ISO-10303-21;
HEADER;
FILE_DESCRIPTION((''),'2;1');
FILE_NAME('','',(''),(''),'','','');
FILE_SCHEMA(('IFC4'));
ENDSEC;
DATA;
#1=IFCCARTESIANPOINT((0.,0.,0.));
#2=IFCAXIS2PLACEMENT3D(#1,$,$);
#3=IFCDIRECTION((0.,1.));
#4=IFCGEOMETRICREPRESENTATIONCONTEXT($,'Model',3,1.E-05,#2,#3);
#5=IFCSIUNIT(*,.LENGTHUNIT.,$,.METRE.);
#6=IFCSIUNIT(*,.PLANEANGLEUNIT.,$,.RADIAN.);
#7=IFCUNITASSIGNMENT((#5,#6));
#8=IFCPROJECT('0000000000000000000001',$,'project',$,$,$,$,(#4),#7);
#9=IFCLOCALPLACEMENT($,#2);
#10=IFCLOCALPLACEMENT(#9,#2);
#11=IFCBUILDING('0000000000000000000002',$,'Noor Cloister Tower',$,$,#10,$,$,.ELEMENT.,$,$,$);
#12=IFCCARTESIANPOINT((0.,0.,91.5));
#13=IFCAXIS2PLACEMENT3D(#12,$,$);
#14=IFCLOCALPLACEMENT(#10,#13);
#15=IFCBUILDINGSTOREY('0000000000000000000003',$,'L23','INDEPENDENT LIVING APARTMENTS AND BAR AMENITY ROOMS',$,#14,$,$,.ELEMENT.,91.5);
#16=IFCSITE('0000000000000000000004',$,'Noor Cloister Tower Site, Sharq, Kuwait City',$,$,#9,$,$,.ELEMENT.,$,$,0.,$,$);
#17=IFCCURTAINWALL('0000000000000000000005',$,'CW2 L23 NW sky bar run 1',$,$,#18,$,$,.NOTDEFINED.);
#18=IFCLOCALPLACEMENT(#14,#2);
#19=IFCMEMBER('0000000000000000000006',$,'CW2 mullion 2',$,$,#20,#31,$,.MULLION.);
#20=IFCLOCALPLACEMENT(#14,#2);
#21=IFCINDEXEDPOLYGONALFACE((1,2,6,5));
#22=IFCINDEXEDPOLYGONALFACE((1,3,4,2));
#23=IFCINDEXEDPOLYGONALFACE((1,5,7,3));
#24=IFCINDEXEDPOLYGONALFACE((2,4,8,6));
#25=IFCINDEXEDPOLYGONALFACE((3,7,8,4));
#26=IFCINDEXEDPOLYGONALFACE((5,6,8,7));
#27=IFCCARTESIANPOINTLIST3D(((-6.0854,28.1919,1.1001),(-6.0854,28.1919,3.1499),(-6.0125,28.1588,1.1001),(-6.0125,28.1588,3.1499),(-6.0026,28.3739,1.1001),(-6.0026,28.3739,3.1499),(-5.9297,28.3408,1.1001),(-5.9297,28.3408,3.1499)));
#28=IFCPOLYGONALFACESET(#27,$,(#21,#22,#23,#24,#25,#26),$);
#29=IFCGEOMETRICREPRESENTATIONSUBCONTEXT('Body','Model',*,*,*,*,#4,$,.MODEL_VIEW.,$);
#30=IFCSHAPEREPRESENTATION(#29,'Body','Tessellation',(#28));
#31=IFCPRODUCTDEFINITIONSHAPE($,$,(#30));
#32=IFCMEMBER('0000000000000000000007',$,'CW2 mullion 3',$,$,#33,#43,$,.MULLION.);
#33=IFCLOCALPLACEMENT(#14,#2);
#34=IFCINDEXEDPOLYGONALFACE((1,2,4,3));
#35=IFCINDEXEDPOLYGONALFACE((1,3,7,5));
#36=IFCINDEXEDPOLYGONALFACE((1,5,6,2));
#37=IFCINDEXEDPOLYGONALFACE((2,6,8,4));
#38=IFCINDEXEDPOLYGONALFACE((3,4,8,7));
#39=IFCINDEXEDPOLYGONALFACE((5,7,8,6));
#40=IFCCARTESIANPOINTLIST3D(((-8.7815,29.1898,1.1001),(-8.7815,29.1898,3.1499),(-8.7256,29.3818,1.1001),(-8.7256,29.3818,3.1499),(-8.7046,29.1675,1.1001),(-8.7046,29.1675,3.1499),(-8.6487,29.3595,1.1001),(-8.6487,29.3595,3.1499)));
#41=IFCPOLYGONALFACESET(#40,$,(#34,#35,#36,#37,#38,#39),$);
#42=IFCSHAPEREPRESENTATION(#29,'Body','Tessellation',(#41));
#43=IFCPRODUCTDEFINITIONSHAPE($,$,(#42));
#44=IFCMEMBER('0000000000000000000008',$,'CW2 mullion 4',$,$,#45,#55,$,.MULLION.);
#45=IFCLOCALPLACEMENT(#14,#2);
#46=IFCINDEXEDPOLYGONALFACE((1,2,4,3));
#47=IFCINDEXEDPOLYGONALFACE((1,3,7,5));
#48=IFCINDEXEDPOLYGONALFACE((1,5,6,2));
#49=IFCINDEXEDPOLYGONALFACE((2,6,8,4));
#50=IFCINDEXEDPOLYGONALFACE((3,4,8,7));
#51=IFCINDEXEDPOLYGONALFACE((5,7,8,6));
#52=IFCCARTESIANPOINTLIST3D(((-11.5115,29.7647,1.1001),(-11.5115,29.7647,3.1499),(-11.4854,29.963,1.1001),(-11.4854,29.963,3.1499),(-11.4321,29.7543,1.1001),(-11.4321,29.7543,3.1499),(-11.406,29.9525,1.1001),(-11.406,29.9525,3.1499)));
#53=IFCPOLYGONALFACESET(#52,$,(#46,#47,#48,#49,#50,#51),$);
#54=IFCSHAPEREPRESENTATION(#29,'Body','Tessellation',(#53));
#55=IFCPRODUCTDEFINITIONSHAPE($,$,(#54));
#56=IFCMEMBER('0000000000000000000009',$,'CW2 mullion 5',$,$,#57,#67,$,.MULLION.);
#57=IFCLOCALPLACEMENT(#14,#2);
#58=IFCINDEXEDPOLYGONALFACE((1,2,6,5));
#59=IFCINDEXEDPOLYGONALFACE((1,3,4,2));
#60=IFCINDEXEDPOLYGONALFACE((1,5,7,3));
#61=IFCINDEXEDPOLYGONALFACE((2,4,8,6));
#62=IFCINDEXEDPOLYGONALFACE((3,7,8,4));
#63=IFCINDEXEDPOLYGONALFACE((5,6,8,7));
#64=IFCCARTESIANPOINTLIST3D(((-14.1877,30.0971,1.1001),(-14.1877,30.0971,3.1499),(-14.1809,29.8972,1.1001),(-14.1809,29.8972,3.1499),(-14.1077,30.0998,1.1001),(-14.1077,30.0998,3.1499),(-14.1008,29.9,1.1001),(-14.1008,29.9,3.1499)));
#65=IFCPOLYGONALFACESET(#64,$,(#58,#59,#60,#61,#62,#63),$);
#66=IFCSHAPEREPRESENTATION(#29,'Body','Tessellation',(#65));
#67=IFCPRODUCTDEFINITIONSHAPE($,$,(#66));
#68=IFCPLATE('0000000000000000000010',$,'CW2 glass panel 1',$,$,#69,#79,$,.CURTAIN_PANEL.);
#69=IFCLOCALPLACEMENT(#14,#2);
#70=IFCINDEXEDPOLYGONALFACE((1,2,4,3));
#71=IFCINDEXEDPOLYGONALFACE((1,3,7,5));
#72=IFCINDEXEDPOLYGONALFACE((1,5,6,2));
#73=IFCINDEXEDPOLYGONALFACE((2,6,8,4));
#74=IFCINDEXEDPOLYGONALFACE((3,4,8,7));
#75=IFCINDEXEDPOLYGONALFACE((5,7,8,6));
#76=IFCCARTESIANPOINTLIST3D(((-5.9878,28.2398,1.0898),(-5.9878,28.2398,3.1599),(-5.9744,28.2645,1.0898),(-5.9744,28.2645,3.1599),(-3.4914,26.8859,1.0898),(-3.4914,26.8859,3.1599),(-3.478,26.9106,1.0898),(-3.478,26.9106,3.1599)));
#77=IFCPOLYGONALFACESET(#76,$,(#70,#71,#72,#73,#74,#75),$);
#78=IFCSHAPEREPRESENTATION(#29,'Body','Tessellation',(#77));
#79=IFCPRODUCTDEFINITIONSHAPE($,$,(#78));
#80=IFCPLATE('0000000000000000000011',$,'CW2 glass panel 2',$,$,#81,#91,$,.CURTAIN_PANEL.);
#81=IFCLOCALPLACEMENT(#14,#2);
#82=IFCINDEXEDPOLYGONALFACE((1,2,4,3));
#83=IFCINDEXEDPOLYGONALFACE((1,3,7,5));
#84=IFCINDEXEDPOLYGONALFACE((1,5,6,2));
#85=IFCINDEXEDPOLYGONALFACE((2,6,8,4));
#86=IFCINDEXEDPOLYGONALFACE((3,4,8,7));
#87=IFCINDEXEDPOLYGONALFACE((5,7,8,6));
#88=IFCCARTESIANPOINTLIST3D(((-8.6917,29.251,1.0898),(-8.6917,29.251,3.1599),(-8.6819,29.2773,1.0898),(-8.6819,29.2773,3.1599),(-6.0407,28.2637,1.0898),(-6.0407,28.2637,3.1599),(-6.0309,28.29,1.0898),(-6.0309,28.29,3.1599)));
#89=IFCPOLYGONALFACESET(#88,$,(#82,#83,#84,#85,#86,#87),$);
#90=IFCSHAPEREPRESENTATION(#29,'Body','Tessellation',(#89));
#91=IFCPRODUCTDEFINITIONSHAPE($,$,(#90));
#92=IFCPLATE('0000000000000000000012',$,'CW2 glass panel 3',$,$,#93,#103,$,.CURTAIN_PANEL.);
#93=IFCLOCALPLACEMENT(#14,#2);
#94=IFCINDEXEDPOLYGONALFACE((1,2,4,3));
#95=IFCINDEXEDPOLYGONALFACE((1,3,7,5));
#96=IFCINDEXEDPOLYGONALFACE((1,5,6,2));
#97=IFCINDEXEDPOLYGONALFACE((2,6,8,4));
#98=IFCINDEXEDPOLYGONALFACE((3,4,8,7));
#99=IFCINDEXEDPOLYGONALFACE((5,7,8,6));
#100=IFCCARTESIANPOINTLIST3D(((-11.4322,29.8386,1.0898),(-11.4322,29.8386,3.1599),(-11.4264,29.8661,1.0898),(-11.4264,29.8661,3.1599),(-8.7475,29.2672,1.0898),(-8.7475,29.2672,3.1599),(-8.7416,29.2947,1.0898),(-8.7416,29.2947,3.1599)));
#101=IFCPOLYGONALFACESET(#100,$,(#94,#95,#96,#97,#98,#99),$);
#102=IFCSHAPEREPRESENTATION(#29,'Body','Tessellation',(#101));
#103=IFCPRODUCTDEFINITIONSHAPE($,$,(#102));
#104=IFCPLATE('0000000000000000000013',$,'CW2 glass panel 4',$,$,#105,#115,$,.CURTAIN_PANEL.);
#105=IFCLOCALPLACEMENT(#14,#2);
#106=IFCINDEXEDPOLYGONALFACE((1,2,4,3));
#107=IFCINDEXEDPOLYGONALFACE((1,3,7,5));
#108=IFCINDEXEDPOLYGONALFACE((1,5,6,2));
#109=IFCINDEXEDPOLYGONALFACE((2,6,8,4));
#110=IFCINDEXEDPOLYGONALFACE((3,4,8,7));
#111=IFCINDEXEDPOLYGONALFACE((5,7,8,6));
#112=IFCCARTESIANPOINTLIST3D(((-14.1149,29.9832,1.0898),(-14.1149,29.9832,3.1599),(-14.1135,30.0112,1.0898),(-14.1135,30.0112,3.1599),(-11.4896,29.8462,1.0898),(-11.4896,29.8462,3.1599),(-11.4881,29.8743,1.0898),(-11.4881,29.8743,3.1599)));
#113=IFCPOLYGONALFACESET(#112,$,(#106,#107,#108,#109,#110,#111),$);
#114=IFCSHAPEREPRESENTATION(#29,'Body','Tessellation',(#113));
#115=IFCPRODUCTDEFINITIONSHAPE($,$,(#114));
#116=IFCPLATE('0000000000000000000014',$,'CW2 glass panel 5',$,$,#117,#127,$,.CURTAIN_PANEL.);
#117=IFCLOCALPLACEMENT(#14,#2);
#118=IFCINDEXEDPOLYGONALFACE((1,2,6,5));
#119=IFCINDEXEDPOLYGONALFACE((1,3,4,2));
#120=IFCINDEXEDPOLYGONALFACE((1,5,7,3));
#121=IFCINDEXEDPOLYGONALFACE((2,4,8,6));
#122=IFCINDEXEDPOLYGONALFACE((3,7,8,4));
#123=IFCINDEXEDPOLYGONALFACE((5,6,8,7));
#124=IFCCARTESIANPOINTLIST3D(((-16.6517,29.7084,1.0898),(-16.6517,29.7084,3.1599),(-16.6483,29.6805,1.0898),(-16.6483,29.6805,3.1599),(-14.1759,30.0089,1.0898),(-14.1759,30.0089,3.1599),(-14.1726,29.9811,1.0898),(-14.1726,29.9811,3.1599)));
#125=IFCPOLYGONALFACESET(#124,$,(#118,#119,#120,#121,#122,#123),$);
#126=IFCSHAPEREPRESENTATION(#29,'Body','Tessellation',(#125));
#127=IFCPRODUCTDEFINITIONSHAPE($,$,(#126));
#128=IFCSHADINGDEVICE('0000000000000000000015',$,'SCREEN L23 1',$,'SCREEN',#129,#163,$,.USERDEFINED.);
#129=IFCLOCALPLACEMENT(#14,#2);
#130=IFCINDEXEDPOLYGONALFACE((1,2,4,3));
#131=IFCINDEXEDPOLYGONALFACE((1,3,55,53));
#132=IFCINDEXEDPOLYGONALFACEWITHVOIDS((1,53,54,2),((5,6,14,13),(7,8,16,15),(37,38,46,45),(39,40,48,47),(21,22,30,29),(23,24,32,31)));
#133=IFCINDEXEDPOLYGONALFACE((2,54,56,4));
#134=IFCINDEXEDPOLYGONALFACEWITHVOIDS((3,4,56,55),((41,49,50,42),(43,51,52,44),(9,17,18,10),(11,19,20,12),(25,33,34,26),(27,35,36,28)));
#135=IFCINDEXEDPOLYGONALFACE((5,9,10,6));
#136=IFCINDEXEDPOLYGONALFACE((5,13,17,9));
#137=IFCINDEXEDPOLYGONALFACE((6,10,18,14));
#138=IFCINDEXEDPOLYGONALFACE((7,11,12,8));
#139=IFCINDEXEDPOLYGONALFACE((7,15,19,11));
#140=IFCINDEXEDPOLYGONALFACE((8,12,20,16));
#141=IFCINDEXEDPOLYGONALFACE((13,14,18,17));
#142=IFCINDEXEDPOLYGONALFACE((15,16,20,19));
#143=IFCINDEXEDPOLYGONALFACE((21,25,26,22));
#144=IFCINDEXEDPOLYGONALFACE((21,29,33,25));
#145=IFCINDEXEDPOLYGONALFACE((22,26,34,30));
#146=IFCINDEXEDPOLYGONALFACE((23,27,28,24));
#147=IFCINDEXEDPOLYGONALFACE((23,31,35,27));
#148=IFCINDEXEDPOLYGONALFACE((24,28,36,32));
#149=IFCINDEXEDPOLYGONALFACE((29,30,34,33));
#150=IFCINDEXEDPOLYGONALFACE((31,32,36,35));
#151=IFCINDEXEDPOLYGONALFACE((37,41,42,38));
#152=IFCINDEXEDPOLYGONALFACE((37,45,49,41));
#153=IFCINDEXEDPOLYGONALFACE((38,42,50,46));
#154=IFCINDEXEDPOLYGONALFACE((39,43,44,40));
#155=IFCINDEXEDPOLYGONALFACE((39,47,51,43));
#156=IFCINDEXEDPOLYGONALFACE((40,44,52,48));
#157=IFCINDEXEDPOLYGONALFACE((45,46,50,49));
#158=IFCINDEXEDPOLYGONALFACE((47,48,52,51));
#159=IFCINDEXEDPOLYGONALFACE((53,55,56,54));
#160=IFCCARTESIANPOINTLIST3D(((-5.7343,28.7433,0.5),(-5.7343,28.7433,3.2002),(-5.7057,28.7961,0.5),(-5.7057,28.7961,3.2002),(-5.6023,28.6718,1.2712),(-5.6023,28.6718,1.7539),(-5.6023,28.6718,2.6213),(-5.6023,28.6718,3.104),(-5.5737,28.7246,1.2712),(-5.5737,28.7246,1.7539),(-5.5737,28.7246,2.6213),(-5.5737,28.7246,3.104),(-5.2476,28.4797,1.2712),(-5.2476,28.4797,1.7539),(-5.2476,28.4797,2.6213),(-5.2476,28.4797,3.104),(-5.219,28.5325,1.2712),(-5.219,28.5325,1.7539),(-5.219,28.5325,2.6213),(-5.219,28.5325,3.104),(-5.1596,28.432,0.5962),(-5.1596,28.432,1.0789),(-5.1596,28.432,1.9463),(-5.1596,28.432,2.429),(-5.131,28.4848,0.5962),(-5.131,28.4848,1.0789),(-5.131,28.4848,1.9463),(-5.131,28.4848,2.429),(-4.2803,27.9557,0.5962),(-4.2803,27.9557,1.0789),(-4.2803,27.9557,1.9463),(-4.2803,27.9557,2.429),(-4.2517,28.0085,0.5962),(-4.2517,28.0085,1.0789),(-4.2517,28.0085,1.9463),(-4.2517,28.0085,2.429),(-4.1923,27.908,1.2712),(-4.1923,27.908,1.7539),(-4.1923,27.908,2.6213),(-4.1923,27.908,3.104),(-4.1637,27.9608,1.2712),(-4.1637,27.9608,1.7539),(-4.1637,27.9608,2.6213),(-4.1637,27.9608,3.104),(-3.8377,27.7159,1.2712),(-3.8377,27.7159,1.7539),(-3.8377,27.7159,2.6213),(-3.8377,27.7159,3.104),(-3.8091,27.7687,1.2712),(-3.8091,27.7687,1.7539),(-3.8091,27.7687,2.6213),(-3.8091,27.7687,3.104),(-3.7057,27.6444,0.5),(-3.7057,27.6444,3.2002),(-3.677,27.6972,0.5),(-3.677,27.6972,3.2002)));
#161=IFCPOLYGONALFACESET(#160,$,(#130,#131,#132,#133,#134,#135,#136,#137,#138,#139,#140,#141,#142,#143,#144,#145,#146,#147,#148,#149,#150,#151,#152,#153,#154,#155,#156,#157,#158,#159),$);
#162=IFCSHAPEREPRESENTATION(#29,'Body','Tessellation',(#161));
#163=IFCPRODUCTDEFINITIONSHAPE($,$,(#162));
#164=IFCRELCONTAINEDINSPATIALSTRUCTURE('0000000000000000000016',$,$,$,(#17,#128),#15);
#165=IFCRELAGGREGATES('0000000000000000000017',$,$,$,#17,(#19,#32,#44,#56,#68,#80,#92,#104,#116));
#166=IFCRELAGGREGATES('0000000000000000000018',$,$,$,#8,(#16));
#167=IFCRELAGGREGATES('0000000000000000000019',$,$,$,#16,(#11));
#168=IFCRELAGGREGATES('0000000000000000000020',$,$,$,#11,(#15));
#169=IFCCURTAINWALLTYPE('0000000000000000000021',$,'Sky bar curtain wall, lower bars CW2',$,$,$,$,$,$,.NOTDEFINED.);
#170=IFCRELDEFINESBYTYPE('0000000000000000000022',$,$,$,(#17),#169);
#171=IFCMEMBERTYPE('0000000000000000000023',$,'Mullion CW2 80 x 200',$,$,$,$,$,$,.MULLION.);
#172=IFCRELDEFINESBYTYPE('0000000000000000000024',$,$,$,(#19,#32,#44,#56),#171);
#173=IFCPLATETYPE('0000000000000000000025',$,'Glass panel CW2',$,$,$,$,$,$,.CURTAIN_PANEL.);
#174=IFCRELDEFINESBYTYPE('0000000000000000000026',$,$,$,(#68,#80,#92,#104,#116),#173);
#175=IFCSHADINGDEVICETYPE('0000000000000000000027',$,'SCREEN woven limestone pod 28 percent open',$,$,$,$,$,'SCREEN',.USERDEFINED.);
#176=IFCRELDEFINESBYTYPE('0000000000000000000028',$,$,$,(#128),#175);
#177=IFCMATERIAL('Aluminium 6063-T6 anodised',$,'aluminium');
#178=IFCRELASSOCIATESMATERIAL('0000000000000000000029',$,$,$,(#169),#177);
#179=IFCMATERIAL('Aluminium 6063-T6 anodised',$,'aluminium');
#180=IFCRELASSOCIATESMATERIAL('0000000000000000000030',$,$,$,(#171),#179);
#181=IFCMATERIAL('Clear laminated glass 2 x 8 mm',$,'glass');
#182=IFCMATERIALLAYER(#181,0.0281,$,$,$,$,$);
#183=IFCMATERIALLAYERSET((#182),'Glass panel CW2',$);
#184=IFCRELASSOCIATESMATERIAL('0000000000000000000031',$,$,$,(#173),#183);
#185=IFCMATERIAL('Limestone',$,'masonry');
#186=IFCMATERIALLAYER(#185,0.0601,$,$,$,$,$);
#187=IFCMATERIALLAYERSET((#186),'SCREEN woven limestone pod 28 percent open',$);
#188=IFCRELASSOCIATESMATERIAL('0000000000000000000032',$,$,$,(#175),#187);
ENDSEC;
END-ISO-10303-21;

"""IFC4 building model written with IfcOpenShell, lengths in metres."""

from ifc_helpers import new_model, si_unit, direction, frame, origin, origin_2d, place, context, subcontext, project, spatial, polyline, rectangle, outline, extrude, material, layer, layer_set, material_profile, profile_set, type_object, element, aggregate, save


model = new_model("IFC4")

# Units and contexts
model_context = context("Model", 3, precision=1e-05, world=origin(), true_north=direction((0.0, 1.0)))
body_context = subcontext(model_context, "Body", "Model", "MODEL_VIEW")
ifc_project = project(units=[si_unit("LENGTHUNIT", "METRE"), si_unit("PLANEANGLEUNIT", "RADIAN")], contexts=[model_context])

# Site, building, storey
site_placement = place(None, origin())
site = spatial("IfcSite", under=ifc_project, at=site_placement, Name="Noor Cloister Tower Site, Sharq, Kuwait City", CompositionType="ELEMENT", RefElevation=0.0)
building_placement = place(site_placement, origin())
building = spatial("IfcBuilding", under=site, at=building_placement, Name="Noor Cloister Tower", CompositionType="ELEMENT")
storey_placement = place(building_placement, frame((0.0, 0.0, 91.5)))
storey = spatial("IfcBuildingStorey", under=building, at=storey_placement, Name="L23", Description="INDEPENDENT LIVING APARTMENTS AND BAR AMENITY ROOMS", CompositionType="ELEMENT", Elevation=91.5)

# Curtain wall, members, plates
ifc_material_1 = material(Name="Aluminium 6063-T6 anodised", Category="aluminium")
curtain_wall_type = type_object("IfcCurtainWallType", Name="Sky bar curtain wall, lower bars CW2", PredefinedType="NOTDEFINED", material=ifc_material_1)
curtain_wall_placement = place(storey_placement, origin())
curtain_wall = element("IfcCurtainWall", 1, at=curtain_wall_placement, inside=storey, type_object=curtain_wall_type, Name="CW2 L23 NW sky bar run 1", PredefinedType="NOTDEFINED")
ifc_material_2 = material(Name="Aluminium 6063-T6 anodised", Category="aluminium")
ifc_material_profile_1 = material_profile(ifc_material_2, rectangle(XDim=0.2, YDim=0.0801, at=origin_2d()), Name="200 x 80 mullion")
ifc_profile_set_1 = profile_set([ifc_material_profile_1], Name="Aluminium 6063-T6 anodised")
member_type = type_object("IfcMemberType", Name="Mullion CW2 80 x 200", PredefinedType="MULLION", material=ifc_profile_set_1)
member_1_placement = place(storey_placement, frame((-6.0076, 28.2664, 1.1001), z_axis=(0.0, 0.0, 1.0), x_axis=(-0.413885, -0.910329, 0.0)))
member_1 = element("IfcMember", 2, at=member_1_placement, type_object=member_type, Name="CW2 mullion 2", PredefinedType="MULLION", context=body_context, shape_type="SweptSolid", body=[
    extrude(rectangle(XDim=0.2, YDim=0.0801, at=origin_2d()), origin(), (0.0, 0.0, 1.0), 2.0498),
])
member_2_placement = place(storey_placement, frame((-8.7151, 29.2747, 1.1001), z_axis=(0.0, 0.0, 1.0), x_axis=(-0.279338, -0.960193, 0.0)))
member_2 = element("IfcMember", 3, at=member_2_placement, type_object=member_type, Name="CW2 mullion 3", PredefinedType="MULLION", context=body_context, shape_type="SweptSolid", body=[
    extrude(rectangle(XDim=0.2, YDim=0.0801, at=origin_2d()), origin(), (0.0, 0.0, 1.0), 2.0498),
])
member_3_placement = place(storey_placement, frame((-11.4587, 29.8586, 1.1001), z_axis=(0.0, 0.0, 1.0), x_axis=(-0.130537, -0.991443, 0.0)))
member_3 = element("IfcMember", 4, at=member_3_placement, type_object=member_type, Name="CW2 mullion 4", PredefinedType="MULLION", context=body_context, shape_type="SweptSolid", body=[
    extrude(rectangle(XDim=0.2, YDim=0.0801, at=origin_2d()), origin(), (0.0, 0.0, 1.0), 2.0498),
])
member_4_placement = place(storey_placement, frame((-14.1443, 29.9985, 1.1001), z_axis=(0.0, 0.0, 1.0), x_axis=(0.034339, -0.99941, 0.0)))
member_4 = element("IfcMember", 5, at=member_4_placement, type_object=member_type, Name="CW2 mullion 5", PredefinedType="MULLION", context=body_context, shape_type="SweptSolid", body=[
    extrude(rectangle(XDim=0.2, YDim=0.0801, at=origin_2d()), origin(), (0.0, 0.0, 1.0), 2.0498),
])
ifc_material_3 = material(Name="Clear laminated glass 2 x 8 mm", Category="glass")
ifc_layer_1 = layer(ifc_material_3, 0.0281)
ifc_layer_set_1 = layer_set([ifc_layer_1], Name="Glass panel CW2")
plate_type = type_object("IfcPlateType", Name="Glass panel CW2", PredefinedType="CURTAIN_PANEL", material=ifc_layer_set_1)
plate_1_placement = place(storey_placement, frame((-4.7329, 27.5752, 1.0898), z_axis=(0.0, 0.0, 1.0), x_axis=(-0.879048, 0.476734, 0.0)))
plate_1 = element("IfcPlate", 6, at=plate_1_placement, type_object=plate_type, Name="CW2 glass panel 1", PredefinedType="CURTAIN_PANEL", context=body_context, shape_type="SweptSolid", body=[
    extrude(rectangle(XDim=2.8398, YDim=0.0281, at=origin_2d()), origin(), (0.0, 0.0, 1.0), 2.0701),
])
plate_2_placement = place(storey_placement, frame((-7.3613, 28.7705, 1.0898), z_axis=(0.0, 0.0, 1.0), x_axis=(-0.937124, 0.348997, 0.0)))
plate_2 = element("IfcPlate", 7, at=plate_2_placement, type_object=plate_type, Name="CW2 glass panel 2", PredefinedType="CURTAIN_PANEL", context=body_context, shape_type="SweptSolid", body=[
    extrude(rectangle(XDim=2.8289, YDim=0.0281, at=origin_2d()), origin(), (0.0, 0.0, 1.0), 2.0701),
])
plate_3_placement = place(storey_placement, frame((-10.0869, 29.5667, 1.0898), z_axis=(0.0, 0.0, 1.0), x_axis=(-0.978092, 0.208175, 0.0)))
plate_3 = element("IfcPlate", 8, at=plate_3_placement, type_object=plate_type, Name="CW2 glass panel 3", PredefinedType="CURTAIN_PANEL", context=body_context, shape_type="SweptSolid", body=[
    extrude(rectangle(XDim=2.7449, YDim=0.0281, at=origin_2d()), origin(), (0.0, 0.0, 1.0), 2.0701),
])
plate_4_placement = place(storey_placement, frame((-12.8015, 29.9287, 1.0898), z_axis=(0.0, 0.0, 1.0), x_axis=(-0.998642, 0.052089, 0.0)))
plate_4 = element("IfcPlate", 9, at=plate_4_placement, type_object=plate_type, Name="CW2 glass panel 4", PredefinedType="CURTAIN_PANEL", context=body_context, shape_type="SweptSolid", body=[
    extrude(rectangle(XDim=2.6289, YDim=0.0281, at=origin_2d()), origin(), (0.0, 0.0, 1.0), 2.0701),
])
plate_5_placement = place(storey_placement, frame((-15.4121, 29.8447, 1.0898), z_axis=(0.0, 0.0, 1.0), x_axis=(-0.992712, -0.12051, 0.0)))
plate_5 = element("IfcPlate", 10, at=plate_5_placement, type_object=plate_type, Name="CW2 glass panel 5", PredefinedType="CURTAIN_PANEL", context=body_context, shape_type="SweptSolid", body=[
    extrude(rectangle(XDim=2.4939, YDim=0.0281, at=origin_2d()), origin(), (0.0, 0.0, 1.0), 2.0701),
])
aggregate(curtain_wall, [member_1, member_2, member_3, member_4, plate_1, plate_2, plate_3, plate_4, plate_5])

# Shading device
ifc_material_4 = material(Name="Limestone", Category="masonry")
ifc_layer_2 = layer(ifc_material_4, 0.0601)
ifc_layer_set_2 = layer_set([ifc_layer_2], Name="SCREEN woven limestone pod 28 percent open")
shading_device_type = type_object("IfcShadingDeviceType", Name="SCREEN woven limestone pod 28 percent open", ElementType="SCREEN", PredefinedType="USERDEFINED", material=ifc_layer_set_2)
shading_device_1_placement = place(storey_placement, frame((-4.72, 28.1938, 1.8501), z_axis=(0.476283, 0.879292, 0.0), x_axis=(-0.879292, 0.476283, 0.0)))
element("IfcShadingDevice", 11, at=shading_device_1_placement, inside=storey, type_object=shading_device_type, Name="SCREEN L23 1", ObjectType="SCREEN", PredefinedType="USERDEFINED", context=body_context, shape_type="SweptSolid", body=[
    extrude(outline(polyline([(-1.1536, -1.3501), (1.1536, -1.3501), (1.1536, 1.3501), (-1.1536, 1.3501), (-1.1536, -1.3501)]), holes=[polyline([(-0.5, -1.2539), (0.5, -1.2539), (0.5, -0.7712), (-0.5, -0.7712), (-0.5, -1.2539)]), polyline([(0.6001, -0.5789), (1.0034, -0.5789), (1.0034, -0.0962), (0.6001, -0.0962), (0.6001, -0.5789)]), polyline([(-1.0034, -0.5789), (-0.6001, -0.5789), (-0.6001, -0.0962), (-1.0034, -0.0962), (-1.0034, -0.5789)]), polyline([(-0.5, 0.0962), (0.5, 0.0962), (0.5, 0.5789), (-0.5, 0.5789), (-0.5, 0.0962)]), polyline([(0.6001, 0.7712), (1.0034, 0.7712), (1.0034, 1.2539), (0.6001, 1.2539), (0.6001, 0.7712)]), polyline([(-1.0034, 0.7712), (-0.6001, 0.7712), (-0.6001, 1.2539), (-1.0034, 1.2539), (-1.0034, 0.7712)])]), origin(), (0.0, 0.0, 1.0), 0.0601),
])

save(model, "model.ifc")
